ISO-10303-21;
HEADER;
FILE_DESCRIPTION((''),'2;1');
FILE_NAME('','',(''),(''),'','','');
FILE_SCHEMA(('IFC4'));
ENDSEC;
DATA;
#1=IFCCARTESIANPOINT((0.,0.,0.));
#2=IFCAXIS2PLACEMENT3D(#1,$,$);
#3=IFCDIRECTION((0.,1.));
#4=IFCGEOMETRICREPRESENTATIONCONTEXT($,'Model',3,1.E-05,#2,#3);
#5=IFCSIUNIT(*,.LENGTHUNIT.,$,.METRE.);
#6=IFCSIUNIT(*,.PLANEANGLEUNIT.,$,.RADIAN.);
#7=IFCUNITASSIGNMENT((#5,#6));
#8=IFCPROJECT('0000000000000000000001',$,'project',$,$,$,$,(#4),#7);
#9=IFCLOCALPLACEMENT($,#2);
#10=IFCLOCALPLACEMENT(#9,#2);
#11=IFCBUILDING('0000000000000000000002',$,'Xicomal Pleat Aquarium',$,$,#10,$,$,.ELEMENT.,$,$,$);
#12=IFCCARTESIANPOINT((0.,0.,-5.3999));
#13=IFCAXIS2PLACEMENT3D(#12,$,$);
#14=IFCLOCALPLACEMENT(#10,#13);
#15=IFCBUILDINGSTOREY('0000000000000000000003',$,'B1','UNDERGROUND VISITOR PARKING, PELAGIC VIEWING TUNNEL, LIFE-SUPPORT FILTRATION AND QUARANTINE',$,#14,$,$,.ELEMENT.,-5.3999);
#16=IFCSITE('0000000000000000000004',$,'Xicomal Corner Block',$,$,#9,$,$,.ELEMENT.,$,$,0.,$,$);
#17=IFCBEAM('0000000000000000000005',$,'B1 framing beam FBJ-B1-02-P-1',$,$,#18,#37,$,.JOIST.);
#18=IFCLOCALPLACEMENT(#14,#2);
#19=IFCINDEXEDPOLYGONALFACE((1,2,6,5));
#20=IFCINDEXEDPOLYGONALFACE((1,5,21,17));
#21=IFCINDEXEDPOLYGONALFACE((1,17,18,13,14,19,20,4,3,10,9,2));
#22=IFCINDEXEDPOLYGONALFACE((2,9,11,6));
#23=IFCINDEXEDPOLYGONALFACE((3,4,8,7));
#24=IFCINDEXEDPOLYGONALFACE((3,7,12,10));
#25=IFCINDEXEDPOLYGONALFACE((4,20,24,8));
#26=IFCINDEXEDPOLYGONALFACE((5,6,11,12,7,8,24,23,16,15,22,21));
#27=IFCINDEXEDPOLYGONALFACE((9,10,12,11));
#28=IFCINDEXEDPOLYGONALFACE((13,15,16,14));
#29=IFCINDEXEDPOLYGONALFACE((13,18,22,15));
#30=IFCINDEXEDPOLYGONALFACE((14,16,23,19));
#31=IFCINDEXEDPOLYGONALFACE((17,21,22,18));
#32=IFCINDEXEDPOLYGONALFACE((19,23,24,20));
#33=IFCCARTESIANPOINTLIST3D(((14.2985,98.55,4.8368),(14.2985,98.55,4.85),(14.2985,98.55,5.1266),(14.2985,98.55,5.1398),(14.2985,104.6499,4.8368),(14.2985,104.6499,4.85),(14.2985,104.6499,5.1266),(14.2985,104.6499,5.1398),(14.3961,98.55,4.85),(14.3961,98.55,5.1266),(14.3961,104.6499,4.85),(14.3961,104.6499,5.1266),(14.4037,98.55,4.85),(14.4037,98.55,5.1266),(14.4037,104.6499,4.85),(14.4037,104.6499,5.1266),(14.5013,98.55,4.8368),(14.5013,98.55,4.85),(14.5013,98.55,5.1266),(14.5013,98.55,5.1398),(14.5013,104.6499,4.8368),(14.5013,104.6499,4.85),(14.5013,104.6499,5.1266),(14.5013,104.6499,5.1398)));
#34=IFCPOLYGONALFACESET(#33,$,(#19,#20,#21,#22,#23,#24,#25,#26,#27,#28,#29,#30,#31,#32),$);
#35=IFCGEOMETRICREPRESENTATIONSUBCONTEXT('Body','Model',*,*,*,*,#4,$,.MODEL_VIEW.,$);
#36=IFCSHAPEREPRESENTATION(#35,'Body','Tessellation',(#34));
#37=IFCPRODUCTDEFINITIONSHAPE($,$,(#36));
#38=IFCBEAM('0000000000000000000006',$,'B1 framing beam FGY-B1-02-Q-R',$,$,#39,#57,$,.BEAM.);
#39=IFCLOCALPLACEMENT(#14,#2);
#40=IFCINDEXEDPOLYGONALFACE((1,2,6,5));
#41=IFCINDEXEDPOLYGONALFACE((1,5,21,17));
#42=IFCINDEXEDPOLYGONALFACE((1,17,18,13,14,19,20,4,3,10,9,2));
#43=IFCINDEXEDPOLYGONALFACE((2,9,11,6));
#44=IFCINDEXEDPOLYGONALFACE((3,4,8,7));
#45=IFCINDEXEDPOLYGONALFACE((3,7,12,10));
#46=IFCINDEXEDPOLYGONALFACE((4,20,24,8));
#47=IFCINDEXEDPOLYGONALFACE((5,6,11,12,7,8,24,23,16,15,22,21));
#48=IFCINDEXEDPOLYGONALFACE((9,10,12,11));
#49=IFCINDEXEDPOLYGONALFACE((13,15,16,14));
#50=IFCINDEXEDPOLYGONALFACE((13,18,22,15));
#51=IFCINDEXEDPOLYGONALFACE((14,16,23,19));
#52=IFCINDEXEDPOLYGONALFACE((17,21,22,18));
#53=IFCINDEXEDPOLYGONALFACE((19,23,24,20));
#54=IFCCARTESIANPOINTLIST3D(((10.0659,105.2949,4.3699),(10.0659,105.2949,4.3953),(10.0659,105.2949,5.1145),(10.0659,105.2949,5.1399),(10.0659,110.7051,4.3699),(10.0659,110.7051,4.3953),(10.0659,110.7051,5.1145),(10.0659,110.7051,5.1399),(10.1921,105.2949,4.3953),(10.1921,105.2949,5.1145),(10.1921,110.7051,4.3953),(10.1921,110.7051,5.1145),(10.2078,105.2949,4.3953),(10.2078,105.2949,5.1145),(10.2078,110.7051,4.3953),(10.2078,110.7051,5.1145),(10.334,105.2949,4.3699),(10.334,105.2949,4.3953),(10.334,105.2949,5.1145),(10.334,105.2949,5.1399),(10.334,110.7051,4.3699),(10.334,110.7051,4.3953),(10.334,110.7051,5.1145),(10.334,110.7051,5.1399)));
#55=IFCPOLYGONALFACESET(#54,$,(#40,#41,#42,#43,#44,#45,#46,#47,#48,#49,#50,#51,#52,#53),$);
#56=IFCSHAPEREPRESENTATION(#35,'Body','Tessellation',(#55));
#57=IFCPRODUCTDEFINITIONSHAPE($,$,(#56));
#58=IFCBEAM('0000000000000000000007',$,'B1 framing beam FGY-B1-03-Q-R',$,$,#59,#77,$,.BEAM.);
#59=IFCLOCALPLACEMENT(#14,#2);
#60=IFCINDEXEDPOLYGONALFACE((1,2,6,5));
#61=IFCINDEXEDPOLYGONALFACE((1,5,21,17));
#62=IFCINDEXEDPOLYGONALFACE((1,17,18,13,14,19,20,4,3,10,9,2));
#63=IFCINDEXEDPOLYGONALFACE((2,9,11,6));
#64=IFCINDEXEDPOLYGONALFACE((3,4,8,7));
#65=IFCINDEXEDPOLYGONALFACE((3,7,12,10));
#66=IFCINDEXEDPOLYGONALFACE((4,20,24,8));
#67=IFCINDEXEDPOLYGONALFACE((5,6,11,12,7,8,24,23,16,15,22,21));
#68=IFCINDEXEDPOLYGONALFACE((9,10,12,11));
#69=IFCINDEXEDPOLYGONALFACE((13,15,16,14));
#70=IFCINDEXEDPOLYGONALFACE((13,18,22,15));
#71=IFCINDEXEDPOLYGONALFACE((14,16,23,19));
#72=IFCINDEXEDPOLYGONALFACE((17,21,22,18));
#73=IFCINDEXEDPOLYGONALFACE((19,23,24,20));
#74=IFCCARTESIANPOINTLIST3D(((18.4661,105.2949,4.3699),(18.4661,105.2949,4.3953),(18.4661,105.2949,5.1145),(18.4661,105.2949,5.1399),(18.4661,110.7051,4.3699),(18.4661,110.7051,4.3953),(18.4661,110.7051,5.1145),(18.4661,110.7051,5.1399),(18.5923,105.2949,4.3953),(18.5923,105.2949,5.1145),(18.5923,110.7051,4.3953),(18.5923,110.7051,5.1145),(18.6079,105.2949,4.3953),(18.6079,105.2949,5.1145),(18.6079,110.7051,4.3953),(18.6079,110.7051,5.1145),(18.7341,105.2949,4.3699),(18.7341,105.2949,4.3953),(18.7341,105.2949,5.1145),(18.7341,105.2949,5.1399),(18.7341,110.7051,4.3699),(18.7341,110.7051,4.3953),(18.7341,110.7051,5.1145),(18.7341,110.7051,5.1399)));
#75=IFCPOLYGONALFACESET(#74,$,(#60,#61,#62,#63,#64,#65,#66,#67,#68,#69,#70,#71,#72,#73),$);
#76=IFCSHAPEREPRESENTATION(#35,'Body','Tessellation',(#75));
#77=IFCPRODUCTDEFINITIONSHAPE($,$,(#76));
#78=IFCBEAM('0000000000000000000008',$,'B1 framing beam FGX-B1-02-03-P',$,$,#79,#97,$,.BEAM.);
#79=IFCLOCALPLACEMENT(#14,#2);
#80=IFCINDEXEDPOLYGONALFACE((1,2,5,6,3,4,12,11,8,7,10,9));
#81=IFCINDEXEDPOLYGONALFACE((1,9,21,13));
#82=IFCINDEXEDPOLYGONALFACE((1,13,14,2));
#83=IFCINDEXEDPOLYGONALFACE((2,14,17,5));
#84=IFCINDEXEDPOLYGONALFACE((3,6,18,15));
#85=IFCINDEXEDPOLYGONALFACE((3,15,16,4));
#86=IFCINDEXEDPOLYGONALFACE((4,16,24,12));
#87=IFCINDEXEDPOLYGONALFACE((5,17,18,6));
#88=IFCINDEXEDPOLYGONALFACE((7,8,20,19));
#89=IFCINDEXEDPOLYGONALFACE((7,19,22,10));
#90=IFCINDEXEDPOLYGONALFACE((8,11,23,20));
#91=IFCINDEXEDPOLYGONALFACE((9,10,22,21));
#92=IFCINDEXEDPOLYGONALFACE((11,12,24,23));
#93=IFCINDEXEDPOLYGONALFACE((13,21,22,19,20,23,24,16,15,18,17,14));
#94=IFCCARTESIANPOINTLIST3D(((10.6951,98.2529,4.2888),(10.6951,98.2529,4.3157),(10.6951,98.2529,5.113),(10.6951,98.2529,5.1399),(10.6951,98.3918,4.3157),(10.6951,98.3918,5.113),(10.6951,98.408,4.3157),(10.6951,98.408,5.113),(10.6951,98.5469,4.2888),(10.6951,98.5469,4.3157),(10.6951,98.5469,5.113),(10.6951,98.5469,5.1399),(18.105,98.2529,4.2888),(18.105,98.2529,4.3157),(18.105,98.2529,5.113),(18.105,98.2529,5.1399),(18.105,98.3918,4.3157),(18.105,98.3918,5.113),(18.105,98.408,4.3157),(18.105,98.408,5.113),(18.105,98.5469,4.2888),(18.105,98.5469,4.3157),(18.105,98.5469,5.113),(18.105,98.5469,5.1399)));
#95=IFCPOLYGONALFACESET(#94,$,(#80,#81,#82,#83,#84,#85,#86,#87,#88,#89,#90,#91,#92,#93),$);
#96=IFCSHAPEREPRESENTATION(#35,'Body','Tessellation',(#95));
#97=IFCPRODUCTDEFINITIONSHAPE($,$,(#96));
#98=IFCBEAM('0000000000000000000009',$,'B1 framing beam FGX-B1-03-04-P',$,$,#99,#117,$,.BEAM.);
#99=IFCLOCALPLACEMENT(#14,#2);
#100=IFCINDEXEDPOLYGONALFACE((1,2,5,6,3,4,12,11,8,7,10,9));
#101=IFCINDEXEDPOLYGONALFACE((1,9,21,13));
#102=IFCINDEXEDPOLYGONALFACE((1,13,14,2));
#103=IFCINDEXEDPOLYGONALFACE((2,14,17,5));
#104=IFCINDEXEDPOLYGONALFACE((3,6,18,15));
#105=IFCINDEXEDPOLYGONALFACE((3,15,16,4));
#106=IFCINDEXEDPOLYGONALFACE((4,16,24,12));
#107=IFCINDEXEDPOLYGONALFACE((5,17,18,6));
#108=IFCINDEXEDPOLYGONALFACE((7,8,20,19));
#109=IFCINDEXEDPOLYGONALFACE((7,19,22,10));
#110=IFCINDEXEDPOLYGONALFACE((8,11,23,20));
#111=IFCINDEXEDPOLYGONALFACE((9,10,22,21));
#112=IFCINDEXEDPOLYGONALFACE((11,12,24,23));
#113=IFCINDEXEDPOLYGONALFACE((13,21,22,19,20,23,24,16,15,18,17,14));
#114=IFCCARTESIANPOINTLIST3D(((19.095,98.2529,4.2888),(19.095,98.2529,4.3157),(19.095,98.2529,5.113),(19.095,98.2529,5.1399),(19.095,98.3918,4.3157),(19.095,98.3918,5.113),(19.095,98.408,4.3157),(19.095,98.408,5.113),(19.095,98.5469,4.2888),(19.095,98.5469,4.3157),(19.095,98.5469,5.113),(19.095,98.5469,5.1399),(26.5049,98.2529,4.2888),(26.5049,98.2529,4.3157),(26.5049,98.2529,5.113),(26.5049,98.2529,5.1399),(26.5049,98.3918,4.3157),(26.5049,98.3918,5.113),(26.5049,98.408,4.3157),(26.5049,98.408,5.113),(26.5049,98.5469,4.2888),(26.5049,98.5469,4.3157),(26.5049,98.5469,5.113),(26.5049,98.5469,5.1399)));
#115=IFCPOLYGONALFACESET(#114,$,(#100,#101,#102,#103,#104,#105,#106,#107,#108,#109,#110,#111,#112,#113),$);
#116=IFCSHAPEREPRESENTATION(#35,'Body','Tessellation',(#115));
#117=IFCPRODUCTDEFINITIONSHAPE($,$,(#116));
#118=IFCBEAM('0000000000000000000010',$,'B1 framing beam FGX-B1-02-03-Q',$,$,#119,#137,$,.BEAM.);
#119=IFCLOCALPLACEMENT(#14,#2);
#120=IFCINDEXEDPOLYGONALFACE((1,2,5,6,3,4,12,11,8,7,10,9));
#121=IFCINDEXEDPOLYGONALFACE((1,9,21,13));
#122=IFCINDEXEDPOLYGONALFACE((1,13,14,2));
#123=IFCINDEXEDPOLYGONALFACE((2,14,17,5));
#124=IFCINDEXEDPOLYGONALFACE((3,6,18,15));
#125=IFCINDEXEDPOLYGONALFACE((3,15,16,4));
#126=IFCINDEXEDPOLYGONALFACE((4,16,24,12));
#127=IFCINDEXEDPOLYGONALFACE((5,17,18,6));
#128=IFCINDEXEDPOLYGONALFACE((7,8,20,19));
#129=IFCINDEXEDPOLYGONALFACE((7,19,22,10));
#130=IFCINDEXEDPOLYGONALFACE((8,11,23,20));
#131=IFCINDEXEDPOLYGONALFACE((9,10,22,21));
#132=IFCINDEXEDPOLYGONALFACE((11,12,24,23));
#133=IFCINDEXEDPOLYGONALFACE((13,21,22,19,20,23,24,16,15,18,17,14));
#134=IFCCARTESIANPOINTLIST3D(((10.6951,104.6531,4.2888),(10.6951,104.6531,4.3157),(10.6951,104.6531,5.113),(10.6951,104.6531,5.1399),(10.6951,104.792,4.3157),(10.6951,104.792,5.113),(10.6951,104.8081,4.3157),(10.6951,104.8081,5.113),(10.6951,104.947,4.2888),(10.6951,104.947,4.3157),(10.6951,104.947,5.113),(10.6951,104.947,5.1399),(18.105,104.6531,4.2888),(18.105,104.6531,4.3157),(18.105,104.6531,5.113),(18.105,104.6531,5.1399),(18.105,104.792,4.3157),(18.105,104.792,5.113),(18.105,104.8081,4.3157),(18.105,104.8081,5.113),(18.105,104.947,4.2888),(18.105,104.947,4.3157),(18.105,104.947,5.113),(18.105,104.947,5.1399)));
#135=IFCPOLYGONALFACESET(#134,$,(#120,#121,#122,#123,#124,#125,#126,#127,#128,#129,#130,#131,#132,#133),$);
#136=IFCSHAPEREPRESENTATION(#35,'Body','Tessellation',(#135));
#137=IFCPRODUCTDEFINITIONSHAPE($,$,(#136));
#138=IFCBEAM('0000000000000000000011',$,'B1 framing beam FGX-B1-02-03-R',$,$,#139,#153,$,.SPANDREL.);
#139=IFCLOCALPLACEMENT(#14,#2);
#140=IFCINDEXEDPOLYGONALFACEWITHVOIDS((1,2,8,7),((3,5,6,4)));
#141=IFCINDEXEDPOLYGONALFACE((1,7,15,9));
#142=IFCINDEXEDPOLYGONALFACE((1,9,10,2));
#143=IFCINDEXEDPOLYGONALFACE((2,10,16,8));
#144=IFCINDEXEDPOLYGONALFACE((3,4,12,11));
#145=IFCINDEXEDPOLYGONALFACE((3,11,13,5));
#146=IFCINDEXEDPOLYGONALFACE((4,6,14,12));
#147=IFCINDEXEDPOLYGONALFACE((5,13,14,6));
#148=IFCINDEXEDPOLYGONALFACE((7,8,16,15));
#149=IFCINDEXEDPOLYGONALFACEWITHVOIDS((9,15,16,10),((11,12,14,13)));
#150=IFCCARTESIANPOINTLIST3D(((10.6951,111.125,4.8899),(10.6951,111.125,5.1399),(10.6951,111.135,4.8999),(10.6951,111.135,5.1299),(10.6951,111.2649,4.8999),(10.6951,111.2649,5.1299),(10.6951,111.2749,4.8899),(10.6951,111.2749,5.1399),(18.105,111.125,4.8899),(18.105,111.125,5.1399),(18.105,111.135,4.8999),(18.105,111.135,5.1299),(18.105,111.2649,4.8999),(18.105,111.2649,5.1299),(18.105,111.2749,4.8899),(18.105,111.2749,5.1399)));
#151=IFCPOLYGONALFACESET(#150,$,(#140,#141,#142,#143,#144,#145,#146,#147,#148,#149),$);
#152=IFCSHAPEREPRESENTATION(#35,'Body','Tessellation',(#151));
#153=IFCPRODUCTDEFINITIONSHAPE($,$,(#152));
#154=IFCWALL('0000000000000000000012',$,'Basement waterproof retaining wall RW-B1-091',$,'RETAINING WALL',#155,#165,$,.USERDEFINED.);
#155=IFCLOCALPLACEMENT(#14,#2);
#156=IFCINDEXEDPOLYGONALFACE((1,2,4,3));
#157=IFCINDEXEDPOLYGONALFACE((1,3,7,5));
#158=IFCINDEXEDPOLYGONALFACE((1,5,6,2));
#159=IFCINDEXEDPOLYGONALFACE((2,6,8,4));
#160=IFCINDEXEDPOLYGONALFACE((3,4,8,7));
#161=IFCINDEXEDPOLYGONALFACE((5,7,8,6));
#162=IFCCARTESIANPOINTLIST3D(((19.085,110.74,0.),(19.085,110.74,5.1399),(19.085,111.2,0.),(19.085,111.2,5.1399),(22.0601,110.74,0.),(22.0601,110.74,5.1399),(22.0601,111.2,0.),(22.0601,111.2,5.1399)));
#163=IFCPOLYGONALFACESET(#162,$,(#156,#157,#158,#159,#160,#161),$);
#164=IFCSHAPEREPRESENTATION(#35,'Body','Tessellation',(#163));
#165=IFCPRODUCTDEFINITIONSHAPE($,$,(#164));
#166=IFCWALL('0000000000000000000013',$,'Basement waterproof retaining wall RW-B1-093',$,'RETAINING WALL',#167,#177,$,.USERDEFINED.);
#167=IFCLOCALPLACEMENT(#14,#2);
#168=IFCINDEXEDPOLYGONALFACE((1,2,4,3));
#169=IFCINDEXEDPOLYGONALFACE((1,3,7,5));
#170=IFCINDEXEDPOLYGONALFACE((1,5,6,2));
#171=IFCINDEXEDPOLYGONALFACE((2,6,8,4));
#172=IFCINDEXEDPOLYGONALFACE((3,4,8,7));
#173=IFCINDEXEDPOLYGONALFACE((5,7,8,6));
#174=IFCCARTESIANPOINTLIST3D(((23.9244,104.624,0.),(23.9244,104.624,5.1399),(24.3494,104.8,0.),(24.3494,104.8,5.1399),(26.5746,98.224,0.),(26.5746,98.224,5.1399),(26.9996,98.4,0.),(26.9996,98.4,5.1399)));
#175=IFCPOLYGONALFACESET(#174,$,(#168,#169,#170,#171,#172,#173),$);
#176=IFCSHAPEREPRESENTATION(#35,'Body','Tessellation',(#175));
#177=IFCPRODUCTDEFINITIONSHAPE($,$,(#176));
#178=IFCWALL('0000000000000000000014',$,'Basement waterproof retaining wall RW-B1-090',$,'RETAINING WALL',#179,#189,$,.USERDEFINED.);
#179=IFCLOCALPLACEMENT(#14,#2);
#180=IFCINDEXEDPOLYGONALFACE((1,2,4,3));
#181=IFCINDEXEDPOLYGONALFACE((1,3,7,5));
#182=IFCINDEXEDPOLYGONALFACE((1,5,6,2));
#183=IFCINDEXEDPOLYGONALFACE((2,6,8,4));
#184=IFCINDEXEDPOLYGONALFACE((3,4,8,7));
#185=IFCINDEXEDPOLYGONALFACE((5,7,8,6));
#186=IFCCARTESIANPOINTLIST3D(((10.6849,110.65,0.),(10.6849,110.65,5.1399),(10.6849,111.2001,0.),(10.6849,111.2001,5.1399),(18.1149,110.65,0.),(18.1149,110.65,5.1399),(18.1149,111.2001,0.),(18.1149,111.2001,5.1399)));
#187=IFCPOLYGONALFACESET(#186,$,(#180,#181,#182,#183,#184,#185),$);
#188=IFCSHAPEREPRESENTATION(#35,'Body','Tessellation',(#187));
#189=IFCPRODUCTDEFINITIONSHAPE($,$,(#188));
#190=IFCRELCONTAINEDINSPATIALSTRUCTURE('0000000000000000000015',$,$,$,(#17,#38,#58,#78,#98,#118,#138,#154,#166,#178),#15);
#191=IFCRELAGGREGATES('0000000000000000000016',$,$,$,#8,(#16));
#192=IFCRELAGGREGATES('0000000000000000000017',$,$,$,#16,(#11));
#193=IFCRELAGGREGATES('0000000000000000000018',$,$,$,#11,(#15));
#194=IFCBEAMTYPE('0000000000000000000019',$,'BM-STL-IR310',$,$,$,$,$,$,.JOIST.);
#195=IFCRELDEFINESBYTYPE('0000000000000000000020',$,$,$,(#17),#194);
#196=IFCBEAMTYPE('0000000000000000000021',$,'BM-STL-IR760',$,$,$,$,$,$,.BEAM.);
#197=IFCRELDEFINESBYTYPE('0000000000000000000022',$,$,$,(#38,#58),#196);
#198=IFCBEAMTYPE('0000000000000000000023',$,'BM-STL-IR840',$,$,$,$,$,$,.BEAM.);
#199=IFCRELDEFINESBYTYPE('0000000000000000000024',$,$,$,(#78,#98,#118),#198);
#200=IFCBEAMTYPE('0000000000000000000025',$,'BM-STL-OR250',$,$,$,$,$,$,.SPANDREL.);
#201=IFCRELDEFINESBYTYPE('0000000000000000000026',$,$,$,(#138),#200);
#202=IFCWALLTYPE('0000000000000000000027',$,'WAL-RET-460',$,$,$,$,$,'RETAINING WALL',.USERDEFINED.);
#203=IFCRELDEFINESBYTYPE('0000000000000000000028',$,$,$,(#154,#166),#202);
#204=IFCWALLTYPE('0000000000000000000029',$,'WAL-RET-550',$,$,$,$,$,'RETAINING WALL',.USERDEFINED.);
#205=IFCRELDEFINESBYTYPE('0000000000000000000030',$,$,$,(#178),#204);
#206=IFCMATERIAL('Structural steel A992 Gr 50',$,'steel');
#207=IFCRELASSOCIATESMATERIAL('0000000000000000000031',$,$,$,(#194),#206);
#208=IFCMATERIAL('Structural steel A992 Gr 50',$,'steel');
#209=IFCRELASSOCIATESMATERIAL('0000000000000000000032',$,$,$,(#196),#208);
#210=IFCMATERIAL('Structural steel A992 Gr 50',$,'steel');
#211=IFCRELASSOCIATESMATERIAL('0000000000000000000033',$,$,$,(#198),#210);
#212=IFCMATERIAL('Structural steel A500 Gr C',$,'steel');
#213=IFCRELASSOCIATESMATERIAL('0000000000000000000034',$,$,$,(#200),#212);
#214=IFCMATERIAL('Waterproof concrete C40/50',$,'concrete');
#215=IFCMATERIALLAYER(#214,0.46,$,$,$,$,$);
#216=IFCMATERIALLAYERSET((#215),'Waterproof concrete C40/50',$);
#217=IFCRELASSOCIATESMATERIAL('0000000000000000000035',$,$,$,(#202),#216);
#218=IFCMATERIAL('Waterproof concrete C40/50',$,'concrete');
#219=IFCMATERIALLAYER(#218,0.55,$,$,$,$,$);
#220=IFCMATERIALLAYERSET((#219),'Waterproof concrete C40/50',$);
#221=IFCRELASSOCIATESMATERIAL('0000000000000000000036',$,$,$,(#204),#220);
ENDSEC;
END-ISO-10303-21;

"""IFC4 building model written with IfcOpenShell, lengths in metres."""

from ifc_helpers import new_model, si_unit, direction, frame, frame_2d, origin, origin_2d, place, context, subcontext, project, spatial, rectangle, hollow_rectangle, i_section, extrude, material, layer, layer_set, material_profile, profile_set, type_object, element, save


model = new_model("IFC4")

# Units and contexts
model_context = context("Model", 3, precision=1e-05, world=origin(), true_north=direction((0.0, 1.0)))
body_context = subcontext(model_context, "Body", "Model", "MODEL_VIEW")
ifc_project = project(units=[si_unit("LENGTHUNIT", "METRE"), si_unit("PLANEANGLEUNIT", "RADIAN")], contexts=[model_context])

# Site, building, storey
site_placement = place(None, origin())
site = spatial("IfcSite", under=ifc_project, at=site_placement, Name="Xicomal Corner Block", CompositionType="ELEMENT", RefElevation=0.0)
building_placement = place(site_placement, origin())
building = spatial("IfcBuilding", under=site, at=building_placement, Name="Xicomal Pleat Aquarium", CompositionType="ELEMENT")
storey_placement = place(building_placement, frame((0.0, 0.0, -5.3999)))
storey = spatial("IfcBuildingStorey", under=building, at=storey_placement, Name="B1", Description="UNDERGROUND VISITOR PARKING, PELAGIC VIEWING TUNNEL, LIFE-SUPPORT FILTRATION AND QUARANTINE", CompositionType="ELEMENT", Elevation=-5.3999)

# Beams
ifc_material_1 = material(Name="Structural steel A992 Gr 50", Category="steel")
ifc_material_profile_1 = material_profile(ifc_material_1, i_section(OverallWidth=0.2029, OverallDepth=0.303, WebThickness=0.0076, FlangeThickness=0.0132, at=origin_2d()), Name="IR 310x60")
ifc_profile_set_1 = profile_set([ifc_material_profile_1], Name="Structural steel A992 Gr 50")
beam_type_1 = type_object("IfcBeamType", Name="BM-STL-IR310", PredefinedType="JOIST", material=ifc_profile_set_1)
beam_1_placement = place(storey_placement, frame((14.3999, 98.55, 4.9883), z_axis=(0.0, 1.0, 0.0), x_axis=(-1.0, 0.0, 0.0)))
element("IfcBeam", 1, at=beam_1_placement, inside=storey, type_object=beam_type_1, Name="B1 framing beam FBJ-B1-02-P-1", PredefinedType="JOIST", context=body_context, shape_type="SweptSolid", body=[
    extrude(i_section(OverallWidth=0.2029, OverallDepth=0.303, WebThickness=0.0076, FlangeThickness=0.0132, at=origin_2d()), origin(), (0.0, 0.0, 1.0), 6.0999),
])
ifc_material_2 = material(Name="Structural steel A992 Gr 50", Category="steel")
ifc_material_profile_2 = material_profile(ifc_material_2, i_section(OverallWidth=0.2681, OverallDepth=0.77, WebThickness=0.0156, FlangeThickness=0.0254, at=origin_2d()), Name="IR 760x196")
ifc_profile_set_2 = profile_set([ifc_material_profile_2], Name="Structural steel A992 Gr 50")
beam_type_2 = type_object("IfcBeamType", Name="BM-STL-IR760", PredefinedType="BEAM", material=ifc_profile_set_2)
for number, where, z_axis, x_axis, name in (
    (2, (10.2, 105.2949, 4.7549), (0.0, 1.0, 0.0), (-1.0, 0.0, 0.0), "B1 framing beam FGY-B1-02-Q-R"),
    (3, (18.6001, 105.2949, 4.7549), (0.0, 1.0, 0.0), (-1.0, 0.0, 0.0), "B1 framing beam FGY-B1-03-Q-R"),
):
    element("IfcBeam", number, at=place(storey_placement, frame(where, z_axis=z_axis, x_axis=x_axis)), inside=storey, type_object=beam_type_2, Name=name, PredefinedType="BEAM", context=body_context, shape_type="SweptSolid", body=[
        extrude(i_section(OverallWidth=0.2681, OverallDepth=0.77, WebThickness=0.0156, FlangeThickness=0.0254, at=origin_2d()), origin(), (0.0, 0.0, 1.0), 5.4102),
    ])
ifc_material_3 = material(Name="Structural steel A992 Gr 50", Category="steel")
ifc_material_profile_3 = material_profile(ifc_material_3, i_section(OverallWidth=0.2939, OverallDepth=0.8511, WebThickness=0.0161, FlangeThickness=0.0269, at=origin_2d()), Name="IR 840x226")
ifc_profile_set_3 = profile_set([ifc_material_profile_3], Name="Structural steel A992 Gr 50")
beam_type_3 = type_object("IfcBeamType", Name="BM-STL-IR840", PredefinedType="BEAM", material=ifc_profile_set_3)
for number, where, z_axis, x_axis, name in (
    (4, (10.6951, 98.3999, 4.7144), (1.0, 0.0, 0.0), (0.0, 1.0, 0.0), "B1 framing beam FGX-B1-02-03-P"),
    (5, (19.095, 98.3999, 4.7144), (1.0, 0.0, 0.0), (0.0, 1.0, 0.0), "B1 framing beam FGX-B1-03-04-P"),
    (6, (10.6951, 104.8, 4.7144), (1.0, 0.0, 0.0), (0.0, 1.0, 0.0), "B1 framing beam FGX-B1-02-03-Q"),
):
    element("IfcBeam", number, at=place(storey_placement, frame(where, z_axis=z_axis, x_axis=x_axis)), inside=storey, type_object=beam_type_3, Name=name, PredefinedType="BEAM", context=body_context, shape_type="SweptSolid", body=[
        extrude(i_section(OverallWidth=0.2939, OverallDepth=0.8511, WebThickness=0.0161, FlangeThickness=0.0269, at=origin_2d()), origin(), (0.0, 0.0, 1.0), 7.4099),
    ])
ifc_material_4 = material(Name="Structural steel A500 Gr C", Category="steel")
ifc_material_profile_4 = material_profile(ifc_material_4, hollow_rectangle(XDim=0.1499, YDim=0.25, WallThickness=0.01, at=origin_2d()), Name="OR 250x150x10")
ifc_profile_set_4 = profile_set([ifc_material_profile_4], Name="Structural steel A500 Gr C")
beam_type_4 = type_object("IfcBeamType", Name="BM-STL-OR250", PredefinedType="SPANDREL", material=ifc_profile_set_4)
beam_2_placement = place(storey_placement, frame((10.6951, 111.2, 5.0149), z_axis=(1.0, 0.0, 0.0), x_axis=(0.0, 1.0, 0.0)))
element("IfcBeam", 7, at=beam_2_placement, inside=storey, type_object=beam_type_4, Name="B1 framing beam FGX-B1-02-03-R", PredefinedType="SPANDREL", context=body_context, shape_type="SweptSolid", body=[
    extrude(hollow_rectangle(XDim=0.1499, YDim=0.25, WallThickness=0.01, at=origin_2d()), origin(), (0.0, 0.0, 1.0), 7.4099),
])

# Walls
ifc_material_5 = material(Name="Waterproof concrete C40/50", Category="concrete")
ifc_layer_1 = layer(ifc_material_5, 0.46)
ifc_layer_set_1 = layer_set([ifc_layer_1], Name="Waterproof concrete C40/50")
wall_type_1 = type_object("IfcWallType", Name="WAL-RET-460", ElementType="RETAINING WALL", PredefinedType="USERDEFINED", material=ifc_layer_set_1)
wall_1_placement = place(storey_placement, frame((19.085, 110.97, 0.0), z_axis=(0.0, 0.0, 1.0), x_axis=(1.0, 0.0, 0.0)))
element("IfcWall", 8, at=wall_1_placement, inside=storey, type_object=wall_type_1, Name="Basement waterproof retaining wall RW-B1-091", ObjectType="RETAINING WALL", PredefinedType="USERDEFINED", context=body_context, shape_type="SweptSolid", body=[
    extrude(rectangle(XDim=2.9751, YDim=0.46, at=frame_2d((1.4875, 0.0))), origin(), (0.0, 0.0, 1.0), 5.1399),
])
wall_2_placement = place(storey_placement, frame((24.137, 104.7119, 0.0), z_axis=(0.0, 0.0, 1.0), x_axis=(0.382587, -0.923919, 0.0)))
element("IfcWall", 9, at=wall_2_placement, inside=storey, type_object=wall_type_1, Name="Basement waterproof retaining wall RW-B1-093", ObjectType="RETAINING WALL", PredefinedType="USERDEFINED", context=body_context, shape_type="SweptSolid", body=[
    extrude(rectangle(XDim=6.927, YDim=0.46, at=frame_2d((3.4634, 0.0))), origin(), (0.0, 0.0, 1.0), 5.1399),
])
ifc_material_6 = material(Name="Waterproof concrete C40/50", Category="concrete")
ifc_layer_2 = layer(ifc_material_6, 0.55)
ifc_layer_set_2 = layer_set([ifc_layer_2], Name="Waterproof concrete C40/50")
wall_type_2 = type_object("IfcWallType", Name="WAL-RET-550", ElementType="RETAINING WALL", PredefinedType="USERDEFINED", material=ifc_layer_set_2)
wall_3_placement = place(storey_placement, frame((10.6851, 110.925, 0.0), z_axis=(0.0, 0.0, 1.0), x_axis=(1.0, 0.0, 0.0)))
element("IfcWall", 10, at=wall_3_placement, inside=storey, type_object=wall_type_2, Name="Basement waterproof retaining wall RW-B1-090", ObjectType="RETAINING WALL", PredefinedType="USERDEFINED", context=body_context, shape_type="SweptSolid", body=[
    extrude(rectangle(XDim=7.4299, YDim=0.55, at=frame_2d((3.7148, 0.0))), origin(), (0.0, 0.0, 1.0), 5.1399),
])

save(model, "model.ifc")
